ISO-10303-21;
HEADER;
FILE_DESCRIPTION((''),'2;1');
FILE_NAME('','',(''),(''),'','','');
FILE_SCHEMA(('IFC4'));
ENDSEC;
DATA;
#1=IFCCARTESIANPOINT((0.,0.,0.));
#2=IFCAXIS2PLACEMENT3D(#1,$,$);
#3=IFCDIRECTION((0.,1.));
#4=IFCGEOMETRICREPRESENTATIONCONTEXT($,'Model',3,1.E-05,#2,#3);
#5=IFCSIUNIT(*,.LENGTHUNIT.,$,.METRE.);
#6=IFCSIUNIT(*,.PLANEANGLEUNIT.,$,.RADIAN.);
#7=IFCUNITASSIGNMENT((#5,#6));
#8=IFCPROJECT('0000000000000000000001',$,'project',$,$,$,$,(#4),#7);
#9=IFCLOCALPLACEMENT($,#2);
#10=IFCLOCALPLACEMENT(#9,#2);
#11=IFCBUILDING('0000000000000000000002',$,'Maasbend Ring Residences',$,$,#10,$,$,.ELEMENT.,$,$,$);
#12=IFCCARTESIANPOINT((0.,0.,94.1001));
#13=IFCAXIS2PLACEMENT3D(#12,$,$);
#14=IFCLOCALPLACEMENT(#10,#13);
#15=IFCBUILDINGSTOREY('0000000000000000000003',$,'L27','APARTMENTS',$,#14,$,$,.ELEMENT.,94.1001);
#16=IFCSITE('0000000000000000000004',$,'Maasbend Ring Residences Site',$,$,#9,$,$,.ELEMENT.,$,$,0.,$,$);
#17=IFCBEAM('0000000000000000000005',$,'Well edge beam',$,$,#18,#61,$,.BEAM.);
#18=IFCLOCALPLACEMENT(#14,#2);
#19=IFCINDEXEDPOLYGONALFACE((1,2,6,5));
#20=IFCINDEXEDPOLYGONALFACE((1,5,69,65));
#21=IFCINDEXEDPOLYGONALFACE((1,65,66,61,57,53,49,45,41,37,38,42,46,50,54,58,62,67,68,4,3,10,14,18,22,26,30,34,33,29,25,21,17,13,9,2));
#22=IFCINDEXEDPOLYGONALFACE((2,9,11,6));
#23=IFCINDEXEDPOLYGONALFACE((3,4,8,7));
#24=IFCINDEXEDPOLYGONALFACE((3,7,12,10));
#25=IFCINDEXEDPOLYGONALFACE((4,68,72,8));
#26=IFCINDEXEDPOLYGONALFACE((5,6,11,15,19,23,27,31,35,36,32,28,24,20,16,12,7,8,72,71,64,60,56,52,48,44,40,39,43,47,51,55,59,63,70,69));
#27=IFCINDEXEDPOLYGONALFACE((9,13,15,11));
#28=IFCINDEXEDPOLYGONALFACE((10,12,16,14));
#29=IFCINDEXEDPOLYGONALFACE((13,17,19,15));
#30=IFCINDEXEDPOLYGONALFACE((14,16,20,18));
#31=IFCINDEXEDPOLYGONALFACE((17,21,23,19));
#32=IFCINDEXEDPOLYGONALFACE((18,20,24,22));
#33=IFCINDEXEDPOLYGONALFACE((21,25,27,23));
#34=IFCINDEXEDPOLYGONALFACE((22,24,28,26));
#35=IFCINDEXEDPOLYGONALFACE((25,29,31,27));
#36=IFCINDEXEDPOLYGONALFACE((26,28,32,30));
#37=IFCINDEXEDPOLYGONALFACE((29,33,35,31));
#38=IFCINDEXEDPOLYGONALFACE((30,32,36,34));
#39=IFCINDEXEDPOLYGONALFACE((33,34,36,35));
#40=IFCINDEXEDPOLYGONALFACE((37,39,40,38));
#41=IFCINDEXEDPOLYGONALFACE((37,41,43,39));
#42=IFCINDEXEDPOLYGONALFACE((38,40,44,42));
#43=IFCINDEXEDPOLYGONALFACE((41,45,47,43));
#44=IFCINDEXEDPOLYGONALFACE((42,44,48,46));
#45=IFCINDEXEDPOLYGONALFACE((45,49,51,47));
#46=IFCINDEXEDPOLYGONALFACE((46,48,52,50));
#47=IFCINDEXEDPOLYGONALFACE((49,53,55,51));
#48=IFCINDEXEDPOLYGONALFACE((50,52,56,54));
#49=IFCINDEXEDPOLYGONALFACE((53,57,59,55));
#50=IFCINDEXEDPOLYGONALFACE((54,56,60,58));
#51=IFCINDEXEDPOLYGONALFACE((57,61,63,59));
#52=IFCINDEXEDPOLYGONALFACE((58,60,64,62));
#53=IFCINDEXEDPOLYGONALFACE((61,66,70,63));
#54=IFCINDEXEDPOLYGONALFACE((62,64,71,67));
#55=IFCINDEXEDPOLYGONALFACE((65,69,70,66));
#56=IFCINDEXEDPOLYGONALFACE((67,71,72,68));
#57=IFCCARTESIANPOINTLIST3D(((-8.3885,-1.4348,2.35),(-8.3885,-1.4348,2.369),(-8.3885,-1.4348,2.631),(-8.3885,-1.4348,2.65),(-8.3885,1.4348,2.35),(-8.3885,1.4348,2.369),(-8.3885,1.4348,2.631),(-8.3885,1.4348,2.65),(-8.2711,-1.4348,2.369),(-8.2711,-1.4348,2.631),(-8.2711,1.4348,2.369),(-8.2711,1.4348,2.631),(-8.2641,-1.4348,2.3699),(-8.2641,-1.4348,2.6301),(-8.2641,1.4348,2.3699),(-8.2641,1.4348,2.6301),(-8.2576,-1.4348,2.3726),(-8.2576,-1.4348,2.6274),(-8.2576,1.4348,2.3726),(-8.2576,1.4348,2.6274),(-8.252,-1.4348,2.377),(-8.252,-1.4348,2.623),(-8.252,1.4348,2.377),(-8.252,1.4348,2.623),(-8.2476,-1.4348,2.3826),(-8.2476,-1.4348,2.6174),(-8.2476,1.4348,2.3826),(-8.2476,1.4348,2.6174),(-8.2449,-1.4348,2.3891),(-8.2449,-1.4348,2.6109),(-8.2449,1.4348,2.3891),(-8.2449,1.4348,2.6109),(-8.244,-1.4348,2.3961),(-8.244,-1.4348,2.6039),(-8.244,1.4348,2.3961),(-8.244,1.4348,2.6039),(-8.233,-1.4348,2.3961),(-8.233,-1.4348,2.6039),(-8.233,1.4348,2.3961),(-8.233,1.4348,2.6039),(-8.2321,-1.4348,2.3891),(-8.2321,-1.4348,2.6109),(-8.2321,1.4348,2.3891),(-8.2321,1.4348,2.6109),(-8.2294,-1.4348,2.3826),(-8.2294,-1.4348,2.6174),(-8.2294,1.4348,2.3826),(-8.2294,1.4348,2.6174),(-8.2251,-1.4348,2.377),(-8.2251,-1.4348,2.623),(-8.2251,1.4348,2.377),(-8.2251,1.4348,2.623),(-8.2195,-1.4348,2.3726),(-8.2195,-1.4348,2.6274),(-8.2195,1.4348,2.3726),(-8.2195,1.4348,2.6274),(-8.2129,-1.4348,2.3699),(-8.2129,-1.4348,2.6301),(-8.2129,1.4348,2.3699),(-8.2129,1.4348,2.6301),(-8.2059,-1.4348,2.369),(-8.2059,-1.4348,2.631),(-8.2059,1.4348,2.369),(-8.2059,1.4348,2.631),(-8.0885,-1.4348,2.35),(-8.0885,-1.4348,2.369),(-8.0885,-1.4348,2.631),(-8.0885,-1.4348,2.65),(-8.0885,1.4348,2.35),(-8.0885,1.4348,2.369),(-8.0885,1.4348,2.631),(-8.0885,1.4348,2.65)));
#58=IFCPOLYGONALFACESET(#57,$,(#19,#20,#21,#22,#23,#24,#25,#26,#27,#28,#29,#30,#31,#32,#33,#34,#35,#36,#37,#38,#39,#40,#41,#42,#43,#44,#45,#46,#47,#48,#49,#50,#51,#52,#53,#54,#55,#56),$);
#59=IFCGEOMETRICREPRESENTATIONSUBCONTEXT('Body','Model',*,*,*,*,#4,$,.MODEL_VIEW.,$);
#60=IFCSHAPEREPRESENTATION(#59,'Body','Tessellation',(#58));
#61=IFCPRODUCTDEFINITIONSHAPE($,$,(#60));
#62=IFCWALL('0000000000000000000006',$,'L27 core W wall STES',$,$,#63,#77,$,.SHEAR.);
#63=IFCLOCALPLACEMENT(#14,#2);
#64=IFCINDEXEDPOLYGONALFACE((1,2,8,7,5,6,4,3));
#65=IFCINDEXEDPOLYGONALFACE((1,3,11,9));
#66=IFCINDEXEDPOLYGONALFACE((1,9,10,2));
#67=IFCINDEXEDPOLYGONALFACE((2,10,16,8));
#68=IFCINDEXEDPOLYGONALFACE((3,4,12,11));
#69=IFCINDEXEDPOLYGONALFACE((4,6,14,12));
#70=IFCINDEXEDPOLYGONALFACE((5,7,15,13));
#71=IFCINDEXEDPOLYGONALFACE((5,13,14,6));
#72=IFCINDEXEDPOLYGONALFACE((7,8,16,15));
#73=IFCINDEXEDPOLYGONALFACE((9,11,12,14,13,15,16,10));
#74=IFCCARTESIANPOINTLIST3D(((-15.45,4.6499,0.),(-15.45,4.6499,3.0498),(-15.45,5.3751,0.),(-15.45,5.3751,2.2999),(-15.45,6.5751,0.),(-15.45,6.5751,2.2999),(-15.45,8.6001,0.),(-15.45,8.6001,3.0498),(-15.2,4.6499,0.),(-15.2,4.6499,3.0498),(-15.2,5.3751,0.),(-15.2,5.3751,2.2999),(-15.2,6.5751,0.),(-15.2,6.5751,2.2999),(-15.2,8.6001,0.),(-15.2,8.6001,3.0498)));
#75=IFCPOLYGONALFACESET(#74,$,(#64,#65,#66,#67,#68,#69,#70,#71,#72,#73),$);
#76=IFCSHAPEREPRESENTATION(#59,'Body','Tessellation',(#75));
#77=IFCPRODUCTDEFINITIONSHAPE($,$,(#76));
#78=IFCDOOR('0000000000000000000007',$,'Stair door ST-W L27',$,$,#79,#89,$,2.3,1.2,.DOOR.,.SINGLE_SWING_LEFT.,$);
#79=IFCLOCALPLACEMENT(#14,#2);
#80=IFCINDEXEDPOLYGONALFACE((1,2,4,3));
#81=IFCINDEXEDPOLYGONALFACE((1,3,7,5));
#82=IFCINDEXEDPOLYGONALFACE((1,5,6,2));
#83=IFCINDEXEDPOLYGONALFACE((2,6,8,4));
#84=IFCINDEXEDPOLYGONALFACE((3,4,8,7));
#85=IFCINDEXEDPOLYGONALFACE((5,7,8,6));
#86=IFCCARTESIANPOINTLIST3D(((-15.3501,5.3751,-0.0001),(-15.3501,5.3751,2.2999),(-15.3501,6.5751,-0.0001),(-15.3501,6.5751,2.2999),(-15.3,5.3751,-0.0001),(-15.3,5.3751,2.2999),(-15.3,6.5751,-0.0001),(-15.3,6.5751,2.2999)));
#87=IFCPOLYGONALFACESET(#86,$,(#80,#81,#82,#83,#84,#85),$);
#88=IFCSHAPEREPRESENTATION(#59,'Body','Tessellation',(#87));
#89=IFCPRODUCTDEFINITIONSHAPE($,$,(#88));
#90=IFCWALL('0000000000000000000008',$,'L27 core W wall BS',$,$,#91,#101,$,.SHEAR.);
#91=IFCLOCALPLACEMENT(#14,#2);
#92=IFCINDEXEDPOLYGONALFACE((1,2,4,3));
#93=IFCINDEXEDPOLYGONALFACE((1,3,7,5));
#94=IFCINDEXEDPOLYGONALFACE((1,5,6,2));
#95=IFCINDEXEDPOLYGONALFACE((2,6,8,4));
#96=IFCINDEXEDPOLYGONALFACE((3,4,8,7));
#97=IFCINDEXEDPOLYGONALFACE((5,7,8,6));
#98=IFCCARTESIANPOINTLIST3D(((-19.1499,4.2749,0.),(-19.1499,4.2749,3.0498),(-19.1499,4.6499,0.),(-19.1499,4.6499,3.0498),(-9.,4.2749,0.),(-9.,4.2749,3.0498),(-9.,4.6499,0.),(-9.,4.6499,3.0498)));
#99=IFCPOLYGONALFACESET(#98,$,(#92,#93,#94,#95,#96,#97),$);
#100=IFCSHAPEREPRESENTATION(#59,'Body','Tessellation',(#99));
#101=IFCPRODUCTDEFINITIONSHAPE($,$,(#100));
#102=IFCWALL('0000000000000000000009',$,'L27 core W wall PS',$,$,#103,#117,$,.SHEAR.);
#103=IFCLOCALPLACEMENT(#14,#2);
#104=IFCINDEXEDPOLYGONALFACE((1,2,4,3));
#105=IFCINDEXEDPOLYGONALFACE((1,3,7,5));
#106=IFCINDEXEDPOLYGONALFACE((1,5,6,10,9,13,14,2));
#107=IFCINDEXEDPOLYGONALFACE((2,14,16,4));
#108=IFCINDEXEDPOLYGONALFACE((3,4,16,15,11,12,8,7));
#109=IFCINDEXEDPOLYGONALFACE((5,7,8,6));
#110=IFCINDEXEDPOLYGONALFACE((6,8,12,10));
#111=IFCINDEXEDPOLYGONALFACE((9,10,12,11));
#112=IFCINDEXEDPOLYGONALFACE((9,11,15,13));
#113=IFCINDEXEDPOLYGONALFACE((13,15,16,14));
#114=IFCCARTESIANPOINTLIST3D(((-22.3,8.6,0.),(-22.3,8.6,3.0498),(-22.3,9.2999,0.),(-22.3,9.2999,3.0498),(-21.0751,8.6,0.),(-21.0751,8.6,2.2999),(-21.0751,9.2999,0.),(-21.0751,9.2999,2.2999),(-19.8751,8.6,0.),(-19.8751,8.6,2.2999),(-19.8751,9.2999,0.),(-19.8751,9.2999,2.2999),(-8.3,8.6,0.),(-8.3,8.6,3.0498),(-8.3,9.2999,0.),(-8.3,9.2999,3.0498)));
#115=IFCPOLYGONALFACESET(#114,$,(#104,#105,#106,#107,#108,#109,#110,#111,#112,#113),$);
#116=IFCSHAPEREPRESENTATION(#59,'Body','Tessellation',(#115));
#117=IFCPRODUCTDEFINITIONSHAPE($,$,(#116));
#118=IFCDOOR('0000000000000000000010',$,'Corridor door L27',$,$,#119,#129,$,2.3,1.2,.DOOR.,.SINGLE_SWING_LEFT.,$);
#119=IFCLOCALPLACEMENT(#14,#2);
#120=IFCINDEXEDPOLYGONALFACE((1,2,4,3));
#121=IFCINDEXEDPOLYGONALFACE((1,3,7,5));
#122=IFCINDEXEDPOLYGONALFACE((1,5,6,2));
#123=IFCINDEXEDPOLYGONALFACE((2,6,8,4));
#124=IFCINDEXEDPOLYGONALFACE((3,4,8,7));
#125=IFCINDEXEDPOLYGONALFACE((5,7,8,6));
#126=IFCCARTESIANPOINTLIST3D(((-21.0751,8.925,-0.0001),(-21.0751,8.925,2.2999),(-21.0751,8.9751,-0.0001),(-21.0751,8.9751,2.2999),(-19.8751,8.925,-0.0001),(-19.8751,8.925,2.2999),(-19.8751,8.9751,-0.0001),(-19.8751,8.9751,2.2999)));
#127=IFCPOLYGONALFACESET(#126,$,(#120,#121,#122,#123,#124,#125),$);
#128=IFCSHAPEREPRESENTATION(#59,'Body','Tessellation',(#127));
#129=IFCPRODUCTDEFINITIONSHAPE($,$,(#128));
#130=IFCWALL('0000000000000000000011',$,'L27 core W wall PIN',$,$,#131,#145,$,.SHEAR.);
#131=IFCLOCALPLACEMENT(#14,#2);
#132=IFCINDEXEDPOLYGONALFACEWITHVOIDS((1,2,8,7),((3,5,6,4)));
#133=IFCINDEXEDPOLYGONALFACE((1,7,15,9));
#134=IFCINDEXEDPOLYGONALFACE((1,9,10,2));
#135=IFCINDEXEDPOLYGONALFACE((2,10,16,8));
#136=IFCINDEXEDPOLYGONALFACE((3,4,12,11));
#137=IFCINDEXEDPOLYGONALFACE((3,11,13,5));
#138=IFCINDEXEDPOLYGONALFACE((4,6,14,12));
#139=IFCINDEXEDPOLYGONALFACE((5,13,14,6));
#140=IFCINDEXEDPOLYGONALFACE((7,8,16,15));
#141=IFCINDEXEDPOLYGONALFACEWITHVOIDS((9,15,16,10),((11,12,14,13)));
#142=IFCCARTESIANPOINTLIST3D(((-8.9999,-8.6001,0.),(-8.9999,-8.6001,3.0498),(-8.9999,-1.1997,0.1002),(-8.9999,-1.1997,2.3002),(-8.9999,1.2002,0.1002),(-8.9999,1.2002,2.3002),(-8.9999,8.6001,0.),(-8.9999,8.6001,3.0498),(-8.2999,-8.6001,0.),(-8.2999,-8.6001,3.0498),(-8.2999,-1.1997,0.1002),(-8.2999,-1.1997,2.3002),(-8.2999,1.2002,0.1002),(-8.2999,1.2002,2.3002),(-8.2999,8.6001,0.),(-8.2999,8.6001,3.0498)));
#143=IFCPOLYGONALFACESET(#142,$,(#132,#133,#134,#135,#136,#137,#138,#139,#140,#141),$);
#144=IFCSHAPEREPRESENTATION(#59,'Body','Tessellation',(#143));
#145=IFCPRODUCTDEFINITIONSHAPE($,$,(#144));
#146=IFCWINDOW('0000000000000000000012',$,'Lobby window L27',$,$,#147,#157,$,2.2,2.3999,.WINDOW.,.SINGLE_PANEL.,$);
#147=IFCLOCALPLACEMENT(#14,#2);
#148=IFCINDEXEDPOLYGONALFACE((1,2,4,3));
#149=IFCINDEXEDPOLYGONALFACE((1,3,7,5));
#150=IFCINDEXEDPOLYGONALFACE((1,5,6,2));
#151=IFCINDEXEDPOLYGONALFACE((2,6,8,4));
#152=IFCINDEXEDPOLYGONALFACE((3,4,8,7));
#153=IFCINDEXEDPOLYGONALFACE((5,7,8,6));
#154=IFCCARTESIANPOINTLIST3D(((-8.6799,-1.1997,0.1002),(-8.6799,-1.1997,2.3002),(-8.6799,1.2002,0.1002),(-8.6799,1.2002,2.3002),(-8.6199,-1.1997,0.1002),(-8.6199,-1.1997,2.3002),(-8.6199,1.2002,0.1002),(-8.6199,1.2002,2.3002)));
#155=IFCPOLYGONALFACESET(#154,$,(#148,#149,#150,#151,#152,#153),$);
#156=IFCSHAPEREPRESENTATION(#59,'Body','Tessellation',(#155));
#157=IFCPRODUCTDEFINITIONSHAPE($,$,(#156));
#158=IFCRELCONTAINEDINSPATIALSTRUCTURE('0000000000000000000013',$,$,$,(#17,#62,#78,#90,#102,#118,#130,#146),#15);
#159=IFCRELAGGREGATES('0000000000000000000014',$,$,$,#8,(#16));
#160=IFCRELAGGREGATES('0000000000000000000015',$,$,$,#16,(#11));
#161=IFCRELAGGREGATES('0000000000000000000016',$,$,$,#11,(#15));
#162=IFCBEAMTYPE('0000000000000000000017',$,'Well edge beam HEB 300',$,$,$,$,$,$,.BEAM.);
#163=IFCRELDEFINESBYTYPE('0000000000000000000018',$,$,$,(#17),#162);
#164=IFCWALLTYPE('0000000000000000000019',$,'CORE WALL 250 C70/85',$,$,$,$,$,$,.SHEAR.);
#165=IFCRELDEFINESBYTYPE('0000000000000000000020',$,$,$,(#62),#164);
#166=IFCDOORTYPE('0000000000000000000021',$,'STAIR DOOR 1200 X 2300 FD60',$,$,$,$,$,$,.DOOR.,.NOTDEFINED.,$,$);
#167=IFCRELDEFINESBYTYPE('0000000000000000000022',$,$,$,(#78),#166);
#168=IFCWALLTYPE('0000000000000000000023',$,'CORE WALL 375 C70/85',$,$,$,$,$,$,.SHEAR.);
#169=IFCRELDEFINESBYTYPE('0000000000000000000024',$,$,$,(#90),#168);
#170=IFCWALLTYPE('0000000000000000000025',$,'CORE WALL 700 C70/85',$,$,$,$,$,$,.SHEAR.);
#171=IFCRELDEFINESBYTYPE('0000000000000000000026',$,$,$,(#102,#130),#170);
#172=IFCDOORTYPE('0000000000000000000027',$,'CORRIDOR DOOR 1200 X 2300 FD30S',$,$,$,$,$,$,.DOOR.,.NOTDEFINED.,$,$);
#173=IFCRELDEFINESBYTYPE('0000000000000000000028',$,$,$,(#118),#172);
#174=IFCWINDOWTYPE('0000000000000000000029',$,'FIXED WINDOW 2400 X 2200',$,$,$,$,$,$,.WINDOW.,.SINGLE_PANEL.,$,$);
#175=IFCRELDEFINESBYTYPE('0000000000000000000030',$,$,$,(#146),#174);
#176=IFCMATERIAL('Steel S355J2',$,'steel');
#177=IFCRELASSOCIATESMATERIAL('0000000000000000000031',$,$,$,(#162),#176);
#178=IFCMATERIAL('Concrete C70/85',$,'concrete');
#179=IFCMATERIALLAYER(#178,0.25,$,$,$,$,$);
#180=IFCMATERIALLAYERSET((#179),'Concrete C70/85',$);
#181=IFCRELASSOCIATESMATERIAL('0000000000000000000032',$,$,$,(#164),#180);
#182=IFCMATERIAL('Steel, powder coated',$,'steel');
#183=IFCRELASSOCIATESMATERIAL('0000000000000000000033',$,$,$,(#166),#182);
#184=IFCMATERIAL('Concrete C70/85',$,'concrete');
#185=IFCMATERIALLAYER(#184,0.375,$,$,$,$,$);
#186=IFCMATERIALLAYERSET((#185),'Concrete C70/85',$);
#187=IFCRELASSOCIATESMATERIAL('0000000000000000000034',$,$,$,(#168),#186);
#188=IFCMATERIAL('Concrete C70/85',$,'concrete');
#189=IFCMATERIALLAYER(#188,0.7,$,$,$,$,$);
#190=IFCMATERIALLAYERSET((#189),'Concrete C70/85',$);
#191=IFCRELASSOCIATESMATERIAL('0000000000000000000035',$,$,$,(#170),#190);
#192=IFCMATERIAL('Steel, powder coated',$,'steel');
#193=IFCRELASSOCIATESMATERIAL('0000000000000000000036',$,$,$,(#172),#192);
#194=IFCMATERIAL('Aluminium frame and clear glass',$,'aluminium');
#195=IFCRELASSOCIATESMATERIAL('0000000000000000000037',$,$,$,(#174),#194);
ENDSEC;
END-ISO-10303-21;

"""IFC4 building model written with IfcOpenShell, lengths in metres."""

from ifc_helpers import new_model, si_unit, direction, frame, frame_2d, origin, origin_2d, place, context, subcontext, project, spatial, rectangle, i_section, extrude, material, layer, layer_set, material_profile, profile_set, type_object, element, fill, save


model = new_model("IFC4")

# Units and contexts
model_context = context("Model", 3, precision=1e-05, world=origin(), true_north=direction((0.0, 1.0)))
body_context = subcontext(model_context, "Body", "Model", "MODEL_VIEW")
ifc_project = project(units=[si_unit("LENGTHUNIT", "METRE"), si_unit("PLANEANGLEUNIT", "RADIAN")], contexts=[model_context])

# Site, building, storey
site_placement = place(None, origin())
site = spatial("IfcSite", under=ifc_project, at=site_placement, Name="Maasbend Ring Residences Site", CompositionType="ELEMENT", RefElevation=0.0)
building_placement = place(site_placement, origin())
building = spatial("IfcBuilding", under=site, at=building_placement, Name="Maasbend Ring Residences", CompositionType="ELEMENT")
storey_placement = place(building_placement, frame((0.0, 0.0, 94.1001)))
storey = spatial("IfcBuildingStorey", under=building, at=storey_placement, Name="L27", Description="APARTMENTS", CompositionType="ELEMENT", Elevation=94.1001)

# Beam
ifc_material_1 = material(Name="Steel S355J2", Category="steel")
ifc_material_profile = material_profile(ifc_material_1, i_section(OverallWidth=0.3, OverallDepth=0.3, WebThickness=0.011, FlangeThickness=0.019, FilletRadius=0.0271, at=origin_2d()), Name="HEB 300")
ifc_profile_set = profile_set([ifc_material_profile], Name="Steel S355J2")
beam_type = type_object("IfcBeamType", Name="Well edge beam HEB 300", PredefinedType="BEAM", material=ifc_profile_set)
beam_placement = place(storey_placement, frame((-8.2385, 1.4348, 2.5), z_axis=(0.0, -1.0, 0.0), x_axis=(1.0, 0.0, 0.0)))
element("IfcBeam", 1, at=beam_placement, inside=storey, type_object=beam_type, Name="Well edge beam", PredefinedType="BEAM", context=body_context, shape_type="SweptSolid", body=[
    extrude(i_section(OverallWidth=0.3, OverallDepth=0.3, WebThickness=0.011, FlangeThickness=0.019, FilletRadius=0.0271, at=origin_2d()), origin(), (0.0, 0.0, 1.0), 2.8696),
])

# Wall, opening, door
ifc_material_2 = material(Name="Concrete C70/85", Category="concrete")
ifc_layer_1 = layer(ifc_material_2, 0.25)
ifc_layer_set_1 = layer_set([ifc_layer_1], Name="Concrete C70/85")
wall_type_1 = type_object("IfcWallType", Name="CORE WALL 250 C70/85", PredefinedType="SHEAR", material=ifc_layer_set_1)
wall_1_placement = place(storey_placement, frame((-15.325, 8.6001, 0.0), z_axis=(0.0, 0.0, 1.0), x_axis=(0.0, -1.0, 0.0)))
wall_1 = element("IfcWall", 2, at=wall_1_placement, inside=storey, type_object=wall_type_1, Name="L27 core W wall STES", PredefinedType="SHEAR", context=body_context, shape_type="SweptSolid", body=[
    extrude(rectangle(XDim=3.9502, YDim=0.25, at=frame_2d((1.9751, 0.0))), origin(), (0.0, 0.0, 1.0), 3.0498),
])
opening_1_placement = place(wall_1_placement, frame((2.0249, 0.0, 0.0)))
opening_1 = element("IfcOpeningElement", 3, at=opening_1_placement, cuts=wall_1, PredefinedType="OPENING", context=body_context, shape_type="SweptSolid", body=[
    extrude(rectangle(XDim=1.2, YDim=2.3, at=frame_2d((0.6001, 1.1499))), frame((0.0, 0.135, 0.0), z_axis=(0.0, -1.0, 0.0), x_axis=(1.0, 0.0, 0.0)), (0.0, 0.0, 1.0), 0.27),
])
ifc_material_3 = material(Name="Steel, powder coated", Category="steel")
door_type_1 = type_object("IfcDoorType", Name="STAIR DOOR 1200 X 2300 FD60", OperationType="NOTDEFINED", PredefinedType="DOOR", material=ifc_material_3)
door_1_placement = place(opening_1_placement, origin())
door_1 = element("IfcDoor", 4, at=door_1_placement, inside=storey, type_object=door_type_1, Name="Stair door ST-W L27", OperationType="SINGLE_SWING_LEFT", OverallHeight=2.3, OverallWidth=1.2, PredefinedType="DOOR", context=body_context, shape_type="SweptSolid", body=[
    extrude(rectangle(XDim=1.2, YDim=2.3, at=frame_2d((0.6001, 1.1499))), frame((0.0, 0.0249, 0.0), z_axis=(0.0, -1.0, 0.0), x_axis=(1.0, 0.0, 0.0)), (0.0, 0.0, 1.0), 0.05),
])
fill(opening_1, door_1)

# Wall
ifc_material_4 = material(Name="Concrete C70/85", Category="concrete")
ifc_layer_2 = layer(ifc_material_4, 0.375)
ifc_layer_set_2 = layer_set([ifc_layer_2], Name="Concrete C70/85")
wall_type_2 = type_object("IfcWallType", Name="CORE WALL 375 C70/85", PredefinedType="SHEAR", material=ifc_layer_set_2)
wall_2_placement = place(storey_placement, frame((-9.0, 4.4624, 0.0), z_axis=(0.0, 0.0, 1.0), x_axis=(-1.0, 0.0, 0.0)))
element("IfcWall", 5, at=wall_2_placement, inside=storey, type_object=wall_type_2, Name="L27 core W wall BS", PredefinedType="SHEAR", context=body_context, shape_type="SweptSolid", body=[
    extrude(rectangle(XDim=10.1499, YDim=0.375, at=frame_2d((5.075, 0.0))), origin(), (0.0, 0.0, 1.0), 3.0498),
])

# Wall, opening, door
ifc_material_5 = material(Name="Concrete C70/85", Category="concrete")
ifc_layer_3 = layer(ifc_material_5, 0.7)
ifc_layer_set_3 = layer_set([ifc_layer_3], Name="Concrete C70/85")
wall_type_3 = type_object("IfcWallType", Name="CORE WALL 700 C70/85", PredefinedType="SHEAR", material=ifc_layer_set_3)
wall_3_placement = place(storey_placement, frame((-8.3, 8.95, 0.0), z_axis=(0.0, 0.0, 1.0), x_axis=(-1.0, 0.0, 0.0)))
wall_3 = element("IfcWall", 6, at=wall_3_placement, inside=storey, type_object=wall_type_3, Name="L27 core W wall PS", PredefinedType="SHEAR", context=body_context, shape_type="SweptSolid", body=[
    extrude(rectangle(XDim=14.0, YDim=0.7, at=frame_2d((7.0, 0.0))), origin(), (0.0, 0.0, 1.0), 3.0498),
])
opening_2_placement = place(wall_3_placement, frame((11.575, 0.0, 0.0)))
opening_2 = element("IfcOpeningElement", 7, at=opening_2_placement, cuts=wall_3, PredefinedType="OPENING", context=body_context, shape_type="SweptSolid", body=[
    extrude(rectangle(XDim=1.2, YDim=2.3, at=frame_2d((0.6001, 1.1499))), frame((0.0, 0.3599, 0.0), z_axis=(0.0, -1.0, 0.0), x_axis=(1.0, 0.0, 0.0)), (0.0, 0.0, 1.0), 0.72),
])
ifc_material_6 = material(Name="Steel, powder coated", Category="steel")
door_type_2 = type_object("IfcDoorType", Name="CORRIDOR DOOR 1200 X 2300 FD30S", OperationType="NOTDEFINED", PredefinedType="DOOR", material=ifc_material_6)
door_2_placement = place(opening_2_placement, origin())
door_2 = element("IfcDoor", 8, at=door_2_placement, inside=storey, type_object=door_type_2, Name="Corridor door L27", OperationType="SINGLE_SWING_LEFT", OverallHeight=2.3, OverallWidth=1.2, PredefinedType="DOOR", context=body_context, shape_type="SweptSolid", body=[
    extrude(rectangle(XDim=1.2, YDim=2.3, at=frame_2d((0.6001, 1.1499))), frame((0.0, 0.0249, 0.0), z_axis=(0.0, -1.0, 0.0), x_axis=(1.0, 0.0, 0.0)), (0.0, 0.0, 1.0), 0.05),
])
fill(opening_2, door_2)

# Wall, opening, window
wall_4_placement = place(storey_placement, frame((-8.6499, 8.6001, 0.0), z_axis=(0.0, 0.0, 1.0), x_axis=(0.0, -1.0, 0.0)))
wall_4 = element("IfcWall", 9, at=wall_4_placement, inside=storey, type_object=wall_type_3, Name="L27 core W wall PIN", PredefinedType="SHEAR", context=body_context, shape_type="SweptSolid", body=[
    extrude(rectangle(XDim=17.2002, YDim=0.7, at=frame_2d((8.6001, 0.0))), origin(), (0.0, 0.0, 1.0), 3.0498),
])
opening_3_placement = place(wall_4_placement, frame((7.3999, 0.0, 0.1001)))
opening_3 = element("IfcOpeningElement", 10, at=opening_3_placement, cuts=wall_4, PredefinedType="OPENING", context=body_context, shape_type="SweptSolid", body=[
    extrude(rectangle(XDim=2.3999, YDim=2.2, at=frame_2d((1.2, 1.1001))), frame((0.0, 0.3599, 0.0), z_axis=(0.0, -1.0, 0.0), x_axis=(1.0, 0.0, 0.0)), (0.0, 0.0, 1.0), 0.72),
])
ifc_material_7 = material(Name="Aluminium frame and clear glass", Category="aluminium")
window_type = type_object("IfcWindowType", Name="FIXED WINDOW 2400 X 2200", PartitioningType="SINGLE_PANEL", PredefinedType="WINDOW", material=ifc_material_7)
window_placement = place(opening_3_placement, origin())
window = element("IfcWindow", 11, at=window_placement, inside=storey, type_object=window_type, Name="Lobby window L27", OverallHeight=2.2, OverallWidth=2.3999, PartitioningType="SINGLE_PANEL", PredefinedType="WINDOW", context=body_context, shape_type="SweptSolid", body=[
    extrude(rectangle(XDim=2.3999, YDim=2.2, at=frame_2d((1.2, 1.1001))), frame((0.0, 0.03, 0.0), z_axis=(0.0, -1.0, 0.0), x_axis=(1.0, 0.0, 0.0)), (0.0, 0.0, 1.0), 0.0601),
])
fill(opening_3, window)

save(model, "model.ifc")
